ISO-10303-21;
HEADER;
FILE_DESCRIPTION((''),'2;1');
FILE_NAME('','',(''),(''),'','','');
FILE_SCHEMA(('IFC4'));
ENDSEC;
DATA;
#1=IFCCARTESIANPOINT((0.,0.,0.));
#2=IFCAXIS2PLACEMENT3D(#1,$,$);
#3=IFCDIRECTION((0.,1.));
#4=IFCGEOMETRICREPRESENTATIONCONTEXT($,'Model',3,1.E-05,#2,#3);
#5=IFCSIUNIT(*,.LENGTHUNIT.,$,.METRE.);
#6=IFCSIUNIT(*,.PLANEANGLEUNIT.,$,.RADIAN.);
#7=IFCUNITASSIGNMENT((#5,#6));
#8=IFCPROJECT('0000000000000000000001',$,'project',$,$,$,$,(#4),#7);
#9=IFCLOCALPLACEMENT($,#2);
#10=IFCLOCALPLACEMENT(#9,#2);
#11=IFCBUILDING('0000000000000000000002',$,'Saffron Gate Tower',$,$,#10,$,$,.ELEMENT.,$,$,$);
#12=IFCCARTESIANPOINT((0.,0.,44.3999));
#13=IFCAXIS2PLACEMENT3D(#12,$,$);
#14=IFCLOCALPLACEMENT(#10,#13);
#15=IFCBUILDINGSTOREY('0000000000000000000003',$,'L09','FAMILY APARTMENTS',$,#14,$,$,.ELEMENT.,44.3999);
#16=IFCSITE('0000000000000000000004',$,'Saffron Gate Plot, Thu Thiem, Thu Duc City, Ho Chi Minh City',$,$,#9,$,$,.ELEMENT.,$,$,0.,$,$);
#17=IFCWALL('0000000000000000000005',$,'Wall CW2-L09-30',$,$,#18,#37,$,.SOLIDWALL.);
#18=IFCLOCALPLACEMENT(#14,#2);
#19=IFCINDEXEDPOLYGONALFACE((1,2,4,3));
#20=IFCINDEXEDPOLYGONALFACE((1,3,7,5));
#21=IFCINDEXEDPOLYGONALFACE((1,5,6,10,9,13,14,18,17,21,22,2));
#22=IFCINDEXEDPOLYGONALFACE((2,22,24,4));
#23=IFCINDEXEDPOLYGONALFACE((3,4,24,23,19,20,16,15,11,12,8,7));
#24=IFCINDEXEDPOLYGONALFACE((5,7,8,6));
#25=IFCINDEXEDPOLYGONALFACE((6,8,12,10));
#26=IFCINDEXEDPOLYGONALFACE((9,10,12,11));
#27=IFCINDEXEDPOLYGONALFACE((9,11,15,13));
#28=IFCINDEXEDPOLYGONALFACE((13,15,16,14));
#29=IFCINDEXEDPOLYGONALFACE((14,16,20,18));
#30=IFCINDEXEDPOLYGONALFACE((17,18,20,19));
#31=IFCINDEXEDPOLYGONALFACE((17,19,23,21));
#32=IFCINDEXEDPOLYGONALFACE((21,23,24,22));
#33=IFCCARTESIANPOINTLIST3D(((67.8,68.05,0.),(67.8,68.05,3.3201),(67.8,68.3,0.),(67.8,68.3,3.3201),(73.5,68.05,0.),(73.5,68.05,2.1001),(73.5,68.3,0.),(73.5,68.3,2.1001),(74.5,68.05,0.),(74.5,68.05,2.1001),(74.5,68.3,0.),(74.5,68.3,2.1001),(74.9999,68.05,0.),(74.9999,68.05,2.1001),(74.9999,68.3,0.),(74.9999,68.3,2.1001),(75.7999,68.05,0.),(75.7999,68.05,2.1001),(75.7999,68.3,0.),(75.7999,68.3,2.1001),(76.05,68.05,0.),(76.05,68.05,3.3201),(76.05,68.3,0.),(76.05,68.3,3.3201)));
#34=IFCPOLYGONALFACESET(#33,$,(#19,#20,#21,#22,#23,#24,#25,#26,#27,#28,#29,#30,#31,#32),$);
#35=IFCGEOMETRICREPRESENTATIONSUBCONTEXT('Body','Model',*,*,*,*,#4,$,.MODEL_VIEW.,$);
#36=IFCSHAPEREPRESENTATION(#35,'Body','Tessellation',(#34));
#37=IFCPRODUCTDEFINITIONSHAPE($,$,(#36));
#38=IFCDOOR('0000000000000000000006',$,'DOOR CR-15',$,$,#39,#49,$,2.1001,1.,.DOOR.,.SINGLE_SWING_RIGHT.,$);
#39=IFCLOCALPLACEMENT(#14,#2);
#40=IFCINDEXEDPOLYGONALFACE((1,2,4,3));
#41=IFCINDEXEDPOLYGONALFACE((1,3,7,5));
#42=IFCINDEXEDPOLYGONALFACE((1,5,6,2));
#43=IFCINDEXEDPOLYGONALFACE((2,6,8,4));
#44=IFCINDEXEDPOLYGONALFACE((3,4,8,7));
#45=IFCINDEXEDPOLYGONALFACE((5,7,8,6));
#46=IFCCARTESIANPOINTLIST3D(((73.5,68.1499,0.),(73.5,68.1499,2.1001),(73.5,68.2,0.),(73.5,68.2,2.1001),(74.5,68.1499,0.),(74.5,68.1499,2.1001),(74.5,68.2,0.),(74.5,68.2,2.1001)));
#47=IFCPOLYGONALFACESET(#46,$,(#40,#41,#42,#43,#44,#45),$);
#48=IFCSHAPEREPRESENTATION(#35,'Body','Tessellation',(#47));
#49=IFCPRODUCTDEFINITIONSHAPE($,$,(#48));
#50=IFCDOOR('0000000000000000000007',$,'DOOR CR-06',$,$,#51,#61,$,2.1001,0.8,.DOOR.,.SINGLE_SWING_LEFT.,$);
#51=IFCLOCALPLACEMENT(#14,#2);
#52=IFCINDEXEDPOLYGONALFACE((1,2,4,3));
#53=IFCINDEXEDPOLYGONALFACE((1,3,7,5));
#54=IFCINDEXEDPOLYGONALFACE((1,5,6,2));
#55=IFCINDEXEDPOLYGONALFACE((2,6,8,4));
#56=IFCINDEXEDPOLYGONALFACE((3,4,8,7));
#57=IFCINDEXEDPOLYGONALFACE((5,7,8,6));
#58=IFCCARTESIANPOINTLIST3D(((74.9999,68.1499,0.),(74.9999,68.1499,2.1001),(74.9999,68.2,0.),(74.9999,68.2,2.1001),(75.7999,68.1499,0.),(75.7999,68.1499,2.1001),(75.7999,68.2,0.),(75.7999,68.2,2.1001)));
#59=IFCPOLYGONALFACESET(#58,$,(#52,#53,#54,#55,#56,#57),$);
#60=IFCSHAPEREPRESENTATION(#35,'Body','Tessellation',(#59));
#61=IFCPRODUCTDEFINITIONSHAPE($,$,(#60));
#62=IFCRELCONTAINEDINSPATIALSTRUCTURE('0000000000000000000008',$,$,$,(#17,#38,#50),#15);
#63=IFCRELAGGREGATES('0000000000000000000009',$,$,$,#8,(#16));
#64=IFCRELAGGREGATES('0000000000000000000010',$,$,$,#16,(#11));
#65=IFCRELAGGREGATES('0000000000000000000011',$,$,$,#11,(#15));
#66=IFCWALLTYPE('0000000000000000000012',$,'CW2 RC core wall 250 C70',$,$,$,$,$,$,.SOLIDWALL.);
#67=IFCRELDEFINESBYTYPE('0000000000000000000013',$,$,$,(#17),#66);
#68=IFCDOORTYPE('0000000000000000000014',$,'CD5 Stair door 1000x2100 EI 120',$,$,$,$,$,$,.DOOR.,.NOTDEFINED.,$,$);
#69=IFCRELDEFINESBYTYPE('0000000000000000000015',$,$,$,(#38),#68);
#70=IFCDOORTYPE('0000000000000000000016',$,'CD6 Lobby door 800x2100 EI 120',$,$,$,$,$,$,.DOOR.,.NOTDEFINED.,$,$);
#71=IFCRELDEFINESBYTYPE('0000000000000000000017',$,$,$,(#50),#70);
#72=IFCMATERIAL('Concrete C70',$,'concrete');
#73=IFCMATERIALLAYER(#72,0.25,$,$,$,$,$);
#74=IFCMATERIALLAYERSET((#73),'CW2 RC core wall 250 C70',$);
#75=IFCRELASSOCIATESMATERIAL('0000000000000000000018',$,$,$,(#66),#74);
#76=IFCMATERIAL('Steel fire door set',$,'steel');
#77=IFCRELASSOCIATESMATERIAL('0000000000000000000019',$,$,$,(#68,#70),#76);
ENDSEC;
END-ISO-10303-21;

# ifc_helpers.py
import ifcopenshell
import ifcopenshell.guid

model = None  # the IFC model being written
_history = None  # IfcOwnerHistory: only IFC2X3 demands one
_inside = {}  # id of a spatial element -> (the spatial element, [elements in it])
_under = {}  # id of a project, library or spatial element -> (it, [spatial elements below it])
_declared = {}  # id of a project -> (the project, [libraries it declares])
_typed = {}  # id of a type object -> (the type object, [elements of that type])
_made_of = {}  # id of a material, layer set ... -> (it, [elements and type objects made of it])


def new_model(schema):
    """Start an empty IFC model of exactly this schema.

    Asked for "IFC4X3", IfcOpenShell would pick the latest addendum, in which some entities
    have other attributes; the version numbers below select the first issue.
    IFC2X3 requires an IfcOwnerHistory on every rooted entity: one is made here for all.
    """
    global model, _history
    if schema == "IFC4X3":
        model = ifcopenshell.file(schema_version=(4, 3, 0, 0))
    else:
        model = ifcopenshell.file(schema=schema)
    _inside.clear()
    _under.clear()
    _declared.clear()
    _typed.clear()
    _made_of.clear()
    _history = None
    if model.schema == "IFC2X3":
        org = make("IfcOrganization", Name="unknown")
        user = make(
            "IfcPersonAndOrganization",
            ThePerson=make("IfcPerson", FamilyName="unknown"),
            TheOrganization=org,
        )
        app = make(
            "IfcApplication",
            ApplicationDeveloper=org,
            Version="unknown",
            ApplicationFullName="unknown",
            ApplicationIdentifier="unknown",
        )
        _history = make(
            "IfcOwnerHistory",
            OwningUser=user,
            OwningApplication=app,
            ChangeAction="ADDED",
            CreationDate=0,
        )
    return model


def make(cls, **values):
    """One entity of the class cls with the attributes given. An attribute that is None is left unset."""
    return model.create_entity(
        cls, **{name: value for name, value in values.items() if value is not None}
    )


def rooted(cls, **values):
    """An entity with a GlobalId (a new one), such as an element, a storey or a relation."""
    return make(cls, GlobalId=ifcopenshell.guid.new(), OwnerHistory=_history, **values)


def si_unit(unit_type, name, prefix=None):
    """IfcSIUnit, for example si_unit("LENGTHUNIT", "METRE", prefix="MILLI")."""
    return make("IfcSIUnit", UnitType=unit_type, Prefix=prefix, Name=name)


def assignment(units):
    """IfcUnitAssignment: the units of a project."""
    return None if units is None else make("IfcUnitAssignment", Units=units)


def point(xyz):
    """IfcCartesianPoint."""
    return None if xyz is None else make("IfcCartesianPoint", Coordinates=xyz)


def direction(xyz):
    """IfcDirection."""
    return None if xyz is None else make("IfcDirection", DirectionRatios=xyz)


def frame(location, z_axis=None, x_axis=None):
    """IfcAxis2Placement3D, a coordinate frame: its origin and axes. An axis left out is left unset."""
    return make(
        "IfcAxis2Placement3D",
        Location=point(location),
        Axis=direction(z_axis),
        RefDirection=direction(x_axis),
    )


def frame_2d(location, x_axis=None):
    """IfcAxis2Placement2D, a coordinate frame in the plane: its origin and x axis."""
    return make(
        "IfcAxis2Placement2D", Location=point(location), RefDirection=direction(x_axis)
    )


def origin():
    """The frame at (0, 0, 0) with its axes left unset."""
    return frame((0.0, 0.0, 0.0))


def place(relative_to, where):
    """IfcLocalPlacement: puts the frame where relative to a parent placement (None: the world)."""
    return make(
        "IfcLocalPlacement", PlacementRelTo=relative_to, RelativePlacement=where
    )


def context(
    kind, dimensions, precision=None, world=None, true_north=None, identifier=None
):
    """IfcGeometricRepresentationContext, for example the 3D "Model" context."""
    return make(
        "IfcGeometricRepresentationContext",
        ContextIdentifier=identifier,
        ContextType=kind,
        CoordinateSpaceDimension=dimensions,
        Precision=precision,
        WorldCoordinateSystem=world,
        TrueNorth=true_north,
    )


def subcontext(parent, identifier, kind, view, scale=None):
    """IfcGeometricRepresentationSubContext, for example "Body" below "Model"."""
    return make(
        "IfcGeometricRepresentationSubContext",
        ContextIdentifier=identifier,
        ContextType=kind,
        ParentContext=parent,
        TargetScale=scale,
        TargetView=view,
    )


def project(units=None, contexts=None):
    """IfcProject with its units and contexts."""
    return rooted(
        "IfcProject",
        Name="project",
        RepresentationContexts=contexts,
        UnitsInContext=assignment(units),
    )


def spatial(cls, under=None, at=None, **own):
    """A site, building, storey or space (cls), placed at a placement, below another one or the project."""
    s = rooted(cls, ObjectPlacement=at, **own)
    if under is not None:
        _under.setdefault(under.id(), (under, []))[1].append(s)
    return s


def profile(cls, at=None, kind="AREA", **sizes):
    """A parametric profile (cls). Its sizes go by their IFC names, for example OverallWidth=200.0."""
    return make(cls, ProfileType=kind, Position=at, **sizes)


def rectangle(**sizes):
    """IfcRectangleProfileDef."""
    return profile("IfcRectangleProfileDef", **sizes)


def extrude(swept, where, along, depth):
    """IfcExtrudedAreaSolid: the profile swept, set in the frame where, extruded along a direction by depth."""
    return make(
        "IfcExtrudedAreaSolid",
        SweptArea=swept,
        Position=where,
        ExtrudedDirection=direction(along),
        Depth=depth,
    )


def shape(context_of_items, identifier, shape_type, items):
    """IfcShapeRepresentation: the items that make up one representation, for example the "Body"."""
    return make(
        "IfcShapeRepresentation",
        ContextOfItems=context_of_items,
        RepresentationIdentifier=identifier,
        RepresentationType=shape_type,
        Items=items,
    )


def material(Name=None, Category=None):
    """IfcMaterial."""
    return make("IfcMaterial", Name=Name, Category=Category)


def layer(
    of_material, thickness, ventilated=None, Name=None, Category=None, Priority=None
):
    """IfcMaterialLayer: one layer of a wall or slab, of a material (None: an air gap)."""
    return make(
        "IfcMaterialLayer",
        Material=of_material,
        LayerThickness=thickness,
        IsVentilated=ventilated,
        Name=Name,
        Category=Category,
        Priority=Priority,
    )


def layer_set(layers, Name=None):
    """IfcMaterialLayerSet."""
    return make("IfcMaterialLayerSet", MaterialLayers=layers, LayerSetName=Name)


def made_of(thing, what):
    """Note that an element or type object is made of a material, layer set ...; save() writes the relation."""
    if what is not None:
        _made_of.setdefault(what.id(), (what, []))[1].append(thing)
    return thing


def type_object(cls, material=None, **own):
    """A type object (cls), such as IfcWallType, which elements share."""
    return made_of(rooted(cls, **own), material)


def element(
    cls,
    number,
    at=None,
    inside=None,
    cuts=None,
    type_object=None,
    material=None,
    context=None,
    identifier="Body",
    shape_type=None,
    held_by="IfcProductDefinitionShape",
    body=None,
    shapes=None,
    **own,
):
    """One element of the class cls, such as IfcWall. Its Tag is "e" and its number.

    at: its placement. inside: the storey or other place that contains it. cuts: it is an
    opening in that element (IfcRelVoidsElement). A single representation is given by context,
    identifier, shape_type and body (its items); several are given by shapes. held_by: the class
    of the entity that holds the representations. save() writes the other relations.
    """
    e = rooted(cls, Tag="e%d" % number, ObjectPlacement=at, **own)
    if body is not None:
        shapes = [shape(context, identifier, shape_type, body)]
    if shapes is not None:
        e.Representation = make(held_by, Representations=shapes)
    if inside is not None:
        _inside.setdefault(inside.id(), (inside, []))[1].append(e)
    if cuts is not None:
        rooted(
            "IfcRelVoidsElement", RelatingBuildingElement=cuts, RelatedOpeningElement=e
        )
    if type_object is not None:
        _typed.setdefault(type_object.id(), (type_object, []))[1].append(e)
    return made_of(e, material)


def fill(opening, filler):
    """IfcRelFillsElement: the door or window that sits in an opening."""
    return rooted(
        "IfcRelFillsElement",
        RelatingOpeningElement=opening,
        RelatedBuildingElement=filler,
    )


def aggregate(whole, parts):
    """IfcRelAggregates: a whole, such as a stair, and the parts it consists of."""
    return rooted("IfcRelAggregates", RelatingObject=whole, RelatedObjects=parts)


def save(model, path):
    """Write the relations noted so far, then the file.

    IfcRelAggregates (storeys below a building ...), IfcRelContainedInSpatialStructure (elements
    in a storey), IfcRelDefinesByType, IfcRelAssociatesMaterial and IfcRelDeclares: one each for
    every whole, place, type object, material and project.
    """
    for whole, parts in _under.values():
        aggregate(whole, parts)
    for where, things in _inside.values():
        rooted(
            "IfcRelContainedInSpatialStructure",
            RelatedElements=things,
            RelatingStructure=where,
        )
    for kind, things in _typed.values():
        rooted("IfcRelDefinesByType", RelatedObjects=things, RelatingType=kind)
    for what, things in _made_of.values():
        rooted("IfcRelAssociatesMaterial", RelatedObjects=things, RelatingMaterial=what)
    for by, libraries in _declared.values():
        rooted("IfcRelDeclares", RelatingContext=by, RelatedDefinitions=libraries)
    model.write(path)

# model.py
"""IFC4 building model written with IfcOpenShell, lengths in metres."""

from ifc_helpers import new_model, si_unit, direction, frame, frame_2d, origin, place, context, subcontext, project, spatial, rectangle, extrude, material, layer, layer_set, type_object, element, fill, save


model = new_model("IFC4")

# Units and contexts
model_context = context("Model", 3, precision=1e-05, world=origin(), true_north=direction((0.0, 1.0)))
body_context = subcontext(model_context, "Body", "Model", "MODEL_VIEW")
ifc_project = project(units=[si_unit("LENGTHUNIT", "METRE"), si_unit("PLANEANGLEUNIT", "RADIAN")], contexts=[model_context])

# Site, building, storey
site_placement = place(None, origin())
site = spatial("IfcSite", under=ifc_project, at=site_placement, Name="Saffron Gate Plot, Thu Thiem, Thu Duc City, Ho Chi Minh City", CompositionType="ELEMENT", RefElevation=0.0)
building_placement = place(site_placement, origin())
building = spatial("IfcBuilding", under=site, at=building_placement, Name="Saffron Gate Tower", CompositionType="ELEMENT")
storey_placement = place(building_placement, frame((0.0, 0.0, 44.3999)))
storey = spatial("IfcBuildingStorey", under=building, at=storey_placement, Name="L09", Description="FAMILY APARTMENTS", CompositionType="ELEMENT", Elevation=44.3999)

# Wall, openings, doors
ifc_material_1 = material(Name="Concrete C70", Category="concrete")
ifc_layer_1 = layer(ifc_material_1, 0.25)
ifc_layer_set_1 = layer_set([ifc_layer_1], Name="CW2 RC core wall 250 C70")
wall_type_1 = type_object("IfcWallType", Name="CW2 RC core wall 250 C70", PredefinedType="SOLIDWALL", material=ifc_layer_set_1)
wall_1_placement = place(storey_placement, frame((67.8, 68.175, 0.0), z_axis=(0.0, 0.0, 1.0), x_axis=(1.0, 0.0, 0.0)))
wall_1 = element("IfcWall", 1, at=wall_1_placement, inside=storey, type_object=wall_type_1, Name="Wall CW2-L09-30", PredefinedType="SOLIDWALL", context=body_context, shape_type="SweptSolid", body=[
    extrude(rectangle(XDim=8.25, YDim=0.25, at=frame_2d((4.125, 0.0))), origin(), (0.0, 0.0, 1.0), 3.3201),
])
opening_1_placement = place(wall_1_placement, frame((5.7, 0.0, 0.0)))
opening_1 = element("IfcOpeningElement", 2, at=opening_1_placement, cuts=wall_1, PredefinedType="OPENING", context=body_context, shape_type="SweptSolid", body=[
    extrude(rectangle(XDim=1.0, YDim=2.1001, at=frame_2d((0.5, 1.05))), frame((0.0, 0.135, 0.0), z_axis=(0.0, -1.0, 0.0), x_axis=(1.0, 0.0, 0.0)), (0.0, 0.0, 1.0), 0.27),
])
opening_2_placement = place(wall_1_placement, frame((7.2, 0.0, 0.0)))
opening_2 = element("IfcOpeningElement", 3, at=opening_2_placement, cuts=wall_1, PredefinedType="OPENING", context=body_context, shape_type="SweptSolid", body=[
    extrude(rectangle(XDim=0.8, YDim=2.1001, at=frame_2d((0.3999, 1.05))), frame((0.0, 0.135, 0.0), z_axis=(0.0, -1.0, 0.0), x_axis=(1.0, 0.0, 0.0)), (0.0, 0.0, 1.0), 0.27),
])
ifc_material_2 = material(Name="Steel fire door set", Category="steel")
door_type_1 = type_object("IfcDoorType", Name="CD5 Stair door 1000x2100 EI 120", OperationType="NOTDEFINED", PredefinedType="DOOR", material=ifc_material_2)
door_1_placement = place(opening_1_placement, origin())
door_1 = element("IfcDoor", 4, at=door_1_placement, inside=storey, type_object=door_type_1, Name="DOOR CR-15", OperationType="SINGLE_SWING_RIGHT", OverallHeight=2.1001, OverallWidth=1.0, PredefinedType="DOOR", context=body_context, shape_type="SweptSolid", body=[
    extrude(rectangle(XDim=1.0, YDim=2.1001, at=frame_2d((0.5, 1.05))), frame((0.0, 0.0249, 0.0), z_axis=(0.0, -1.0, 0.0), x_axis=(1.0, 0.0, 0.0)), (0.0, 0.0, 1.0), 0.05),
])
fill(opening_1, door_1)
door_type_2 = type_object("IfcDoorType", Name="CD6 Lobby door 800x2100 EI 120", OperationType="NOTDEFINED", PredefinedType="DOOR", material=ifc_material_2)
door_2_placement = place(opening_2_placement, origin())
door_2 = element("IfcDoor", 5, at=door_2_placement, inside=storey, type_object=door_type_2, Name="DOOR CR-06", OperationType="SINGLE_SWING_LEFT", OverallHeight=2.1001, OverallWidth=0.8, PredefinedType="DOOR", context=body_context, shape_type="SweptSolid", body=[
    extrude(rectangle(XDim=0.8, YDim=2.1001, at=frame_2d((0.3999, 1.05))), frame((0.0, 0.0249, 0.0), z_axis=(0.0, -1.0, 0.0), x_axis=(1.0, 0.0, 0.0)), (0.0, 0.0, 1.0), 0.05),
])
fill(opening_2, door_2)

save(model, "model.ifc")
